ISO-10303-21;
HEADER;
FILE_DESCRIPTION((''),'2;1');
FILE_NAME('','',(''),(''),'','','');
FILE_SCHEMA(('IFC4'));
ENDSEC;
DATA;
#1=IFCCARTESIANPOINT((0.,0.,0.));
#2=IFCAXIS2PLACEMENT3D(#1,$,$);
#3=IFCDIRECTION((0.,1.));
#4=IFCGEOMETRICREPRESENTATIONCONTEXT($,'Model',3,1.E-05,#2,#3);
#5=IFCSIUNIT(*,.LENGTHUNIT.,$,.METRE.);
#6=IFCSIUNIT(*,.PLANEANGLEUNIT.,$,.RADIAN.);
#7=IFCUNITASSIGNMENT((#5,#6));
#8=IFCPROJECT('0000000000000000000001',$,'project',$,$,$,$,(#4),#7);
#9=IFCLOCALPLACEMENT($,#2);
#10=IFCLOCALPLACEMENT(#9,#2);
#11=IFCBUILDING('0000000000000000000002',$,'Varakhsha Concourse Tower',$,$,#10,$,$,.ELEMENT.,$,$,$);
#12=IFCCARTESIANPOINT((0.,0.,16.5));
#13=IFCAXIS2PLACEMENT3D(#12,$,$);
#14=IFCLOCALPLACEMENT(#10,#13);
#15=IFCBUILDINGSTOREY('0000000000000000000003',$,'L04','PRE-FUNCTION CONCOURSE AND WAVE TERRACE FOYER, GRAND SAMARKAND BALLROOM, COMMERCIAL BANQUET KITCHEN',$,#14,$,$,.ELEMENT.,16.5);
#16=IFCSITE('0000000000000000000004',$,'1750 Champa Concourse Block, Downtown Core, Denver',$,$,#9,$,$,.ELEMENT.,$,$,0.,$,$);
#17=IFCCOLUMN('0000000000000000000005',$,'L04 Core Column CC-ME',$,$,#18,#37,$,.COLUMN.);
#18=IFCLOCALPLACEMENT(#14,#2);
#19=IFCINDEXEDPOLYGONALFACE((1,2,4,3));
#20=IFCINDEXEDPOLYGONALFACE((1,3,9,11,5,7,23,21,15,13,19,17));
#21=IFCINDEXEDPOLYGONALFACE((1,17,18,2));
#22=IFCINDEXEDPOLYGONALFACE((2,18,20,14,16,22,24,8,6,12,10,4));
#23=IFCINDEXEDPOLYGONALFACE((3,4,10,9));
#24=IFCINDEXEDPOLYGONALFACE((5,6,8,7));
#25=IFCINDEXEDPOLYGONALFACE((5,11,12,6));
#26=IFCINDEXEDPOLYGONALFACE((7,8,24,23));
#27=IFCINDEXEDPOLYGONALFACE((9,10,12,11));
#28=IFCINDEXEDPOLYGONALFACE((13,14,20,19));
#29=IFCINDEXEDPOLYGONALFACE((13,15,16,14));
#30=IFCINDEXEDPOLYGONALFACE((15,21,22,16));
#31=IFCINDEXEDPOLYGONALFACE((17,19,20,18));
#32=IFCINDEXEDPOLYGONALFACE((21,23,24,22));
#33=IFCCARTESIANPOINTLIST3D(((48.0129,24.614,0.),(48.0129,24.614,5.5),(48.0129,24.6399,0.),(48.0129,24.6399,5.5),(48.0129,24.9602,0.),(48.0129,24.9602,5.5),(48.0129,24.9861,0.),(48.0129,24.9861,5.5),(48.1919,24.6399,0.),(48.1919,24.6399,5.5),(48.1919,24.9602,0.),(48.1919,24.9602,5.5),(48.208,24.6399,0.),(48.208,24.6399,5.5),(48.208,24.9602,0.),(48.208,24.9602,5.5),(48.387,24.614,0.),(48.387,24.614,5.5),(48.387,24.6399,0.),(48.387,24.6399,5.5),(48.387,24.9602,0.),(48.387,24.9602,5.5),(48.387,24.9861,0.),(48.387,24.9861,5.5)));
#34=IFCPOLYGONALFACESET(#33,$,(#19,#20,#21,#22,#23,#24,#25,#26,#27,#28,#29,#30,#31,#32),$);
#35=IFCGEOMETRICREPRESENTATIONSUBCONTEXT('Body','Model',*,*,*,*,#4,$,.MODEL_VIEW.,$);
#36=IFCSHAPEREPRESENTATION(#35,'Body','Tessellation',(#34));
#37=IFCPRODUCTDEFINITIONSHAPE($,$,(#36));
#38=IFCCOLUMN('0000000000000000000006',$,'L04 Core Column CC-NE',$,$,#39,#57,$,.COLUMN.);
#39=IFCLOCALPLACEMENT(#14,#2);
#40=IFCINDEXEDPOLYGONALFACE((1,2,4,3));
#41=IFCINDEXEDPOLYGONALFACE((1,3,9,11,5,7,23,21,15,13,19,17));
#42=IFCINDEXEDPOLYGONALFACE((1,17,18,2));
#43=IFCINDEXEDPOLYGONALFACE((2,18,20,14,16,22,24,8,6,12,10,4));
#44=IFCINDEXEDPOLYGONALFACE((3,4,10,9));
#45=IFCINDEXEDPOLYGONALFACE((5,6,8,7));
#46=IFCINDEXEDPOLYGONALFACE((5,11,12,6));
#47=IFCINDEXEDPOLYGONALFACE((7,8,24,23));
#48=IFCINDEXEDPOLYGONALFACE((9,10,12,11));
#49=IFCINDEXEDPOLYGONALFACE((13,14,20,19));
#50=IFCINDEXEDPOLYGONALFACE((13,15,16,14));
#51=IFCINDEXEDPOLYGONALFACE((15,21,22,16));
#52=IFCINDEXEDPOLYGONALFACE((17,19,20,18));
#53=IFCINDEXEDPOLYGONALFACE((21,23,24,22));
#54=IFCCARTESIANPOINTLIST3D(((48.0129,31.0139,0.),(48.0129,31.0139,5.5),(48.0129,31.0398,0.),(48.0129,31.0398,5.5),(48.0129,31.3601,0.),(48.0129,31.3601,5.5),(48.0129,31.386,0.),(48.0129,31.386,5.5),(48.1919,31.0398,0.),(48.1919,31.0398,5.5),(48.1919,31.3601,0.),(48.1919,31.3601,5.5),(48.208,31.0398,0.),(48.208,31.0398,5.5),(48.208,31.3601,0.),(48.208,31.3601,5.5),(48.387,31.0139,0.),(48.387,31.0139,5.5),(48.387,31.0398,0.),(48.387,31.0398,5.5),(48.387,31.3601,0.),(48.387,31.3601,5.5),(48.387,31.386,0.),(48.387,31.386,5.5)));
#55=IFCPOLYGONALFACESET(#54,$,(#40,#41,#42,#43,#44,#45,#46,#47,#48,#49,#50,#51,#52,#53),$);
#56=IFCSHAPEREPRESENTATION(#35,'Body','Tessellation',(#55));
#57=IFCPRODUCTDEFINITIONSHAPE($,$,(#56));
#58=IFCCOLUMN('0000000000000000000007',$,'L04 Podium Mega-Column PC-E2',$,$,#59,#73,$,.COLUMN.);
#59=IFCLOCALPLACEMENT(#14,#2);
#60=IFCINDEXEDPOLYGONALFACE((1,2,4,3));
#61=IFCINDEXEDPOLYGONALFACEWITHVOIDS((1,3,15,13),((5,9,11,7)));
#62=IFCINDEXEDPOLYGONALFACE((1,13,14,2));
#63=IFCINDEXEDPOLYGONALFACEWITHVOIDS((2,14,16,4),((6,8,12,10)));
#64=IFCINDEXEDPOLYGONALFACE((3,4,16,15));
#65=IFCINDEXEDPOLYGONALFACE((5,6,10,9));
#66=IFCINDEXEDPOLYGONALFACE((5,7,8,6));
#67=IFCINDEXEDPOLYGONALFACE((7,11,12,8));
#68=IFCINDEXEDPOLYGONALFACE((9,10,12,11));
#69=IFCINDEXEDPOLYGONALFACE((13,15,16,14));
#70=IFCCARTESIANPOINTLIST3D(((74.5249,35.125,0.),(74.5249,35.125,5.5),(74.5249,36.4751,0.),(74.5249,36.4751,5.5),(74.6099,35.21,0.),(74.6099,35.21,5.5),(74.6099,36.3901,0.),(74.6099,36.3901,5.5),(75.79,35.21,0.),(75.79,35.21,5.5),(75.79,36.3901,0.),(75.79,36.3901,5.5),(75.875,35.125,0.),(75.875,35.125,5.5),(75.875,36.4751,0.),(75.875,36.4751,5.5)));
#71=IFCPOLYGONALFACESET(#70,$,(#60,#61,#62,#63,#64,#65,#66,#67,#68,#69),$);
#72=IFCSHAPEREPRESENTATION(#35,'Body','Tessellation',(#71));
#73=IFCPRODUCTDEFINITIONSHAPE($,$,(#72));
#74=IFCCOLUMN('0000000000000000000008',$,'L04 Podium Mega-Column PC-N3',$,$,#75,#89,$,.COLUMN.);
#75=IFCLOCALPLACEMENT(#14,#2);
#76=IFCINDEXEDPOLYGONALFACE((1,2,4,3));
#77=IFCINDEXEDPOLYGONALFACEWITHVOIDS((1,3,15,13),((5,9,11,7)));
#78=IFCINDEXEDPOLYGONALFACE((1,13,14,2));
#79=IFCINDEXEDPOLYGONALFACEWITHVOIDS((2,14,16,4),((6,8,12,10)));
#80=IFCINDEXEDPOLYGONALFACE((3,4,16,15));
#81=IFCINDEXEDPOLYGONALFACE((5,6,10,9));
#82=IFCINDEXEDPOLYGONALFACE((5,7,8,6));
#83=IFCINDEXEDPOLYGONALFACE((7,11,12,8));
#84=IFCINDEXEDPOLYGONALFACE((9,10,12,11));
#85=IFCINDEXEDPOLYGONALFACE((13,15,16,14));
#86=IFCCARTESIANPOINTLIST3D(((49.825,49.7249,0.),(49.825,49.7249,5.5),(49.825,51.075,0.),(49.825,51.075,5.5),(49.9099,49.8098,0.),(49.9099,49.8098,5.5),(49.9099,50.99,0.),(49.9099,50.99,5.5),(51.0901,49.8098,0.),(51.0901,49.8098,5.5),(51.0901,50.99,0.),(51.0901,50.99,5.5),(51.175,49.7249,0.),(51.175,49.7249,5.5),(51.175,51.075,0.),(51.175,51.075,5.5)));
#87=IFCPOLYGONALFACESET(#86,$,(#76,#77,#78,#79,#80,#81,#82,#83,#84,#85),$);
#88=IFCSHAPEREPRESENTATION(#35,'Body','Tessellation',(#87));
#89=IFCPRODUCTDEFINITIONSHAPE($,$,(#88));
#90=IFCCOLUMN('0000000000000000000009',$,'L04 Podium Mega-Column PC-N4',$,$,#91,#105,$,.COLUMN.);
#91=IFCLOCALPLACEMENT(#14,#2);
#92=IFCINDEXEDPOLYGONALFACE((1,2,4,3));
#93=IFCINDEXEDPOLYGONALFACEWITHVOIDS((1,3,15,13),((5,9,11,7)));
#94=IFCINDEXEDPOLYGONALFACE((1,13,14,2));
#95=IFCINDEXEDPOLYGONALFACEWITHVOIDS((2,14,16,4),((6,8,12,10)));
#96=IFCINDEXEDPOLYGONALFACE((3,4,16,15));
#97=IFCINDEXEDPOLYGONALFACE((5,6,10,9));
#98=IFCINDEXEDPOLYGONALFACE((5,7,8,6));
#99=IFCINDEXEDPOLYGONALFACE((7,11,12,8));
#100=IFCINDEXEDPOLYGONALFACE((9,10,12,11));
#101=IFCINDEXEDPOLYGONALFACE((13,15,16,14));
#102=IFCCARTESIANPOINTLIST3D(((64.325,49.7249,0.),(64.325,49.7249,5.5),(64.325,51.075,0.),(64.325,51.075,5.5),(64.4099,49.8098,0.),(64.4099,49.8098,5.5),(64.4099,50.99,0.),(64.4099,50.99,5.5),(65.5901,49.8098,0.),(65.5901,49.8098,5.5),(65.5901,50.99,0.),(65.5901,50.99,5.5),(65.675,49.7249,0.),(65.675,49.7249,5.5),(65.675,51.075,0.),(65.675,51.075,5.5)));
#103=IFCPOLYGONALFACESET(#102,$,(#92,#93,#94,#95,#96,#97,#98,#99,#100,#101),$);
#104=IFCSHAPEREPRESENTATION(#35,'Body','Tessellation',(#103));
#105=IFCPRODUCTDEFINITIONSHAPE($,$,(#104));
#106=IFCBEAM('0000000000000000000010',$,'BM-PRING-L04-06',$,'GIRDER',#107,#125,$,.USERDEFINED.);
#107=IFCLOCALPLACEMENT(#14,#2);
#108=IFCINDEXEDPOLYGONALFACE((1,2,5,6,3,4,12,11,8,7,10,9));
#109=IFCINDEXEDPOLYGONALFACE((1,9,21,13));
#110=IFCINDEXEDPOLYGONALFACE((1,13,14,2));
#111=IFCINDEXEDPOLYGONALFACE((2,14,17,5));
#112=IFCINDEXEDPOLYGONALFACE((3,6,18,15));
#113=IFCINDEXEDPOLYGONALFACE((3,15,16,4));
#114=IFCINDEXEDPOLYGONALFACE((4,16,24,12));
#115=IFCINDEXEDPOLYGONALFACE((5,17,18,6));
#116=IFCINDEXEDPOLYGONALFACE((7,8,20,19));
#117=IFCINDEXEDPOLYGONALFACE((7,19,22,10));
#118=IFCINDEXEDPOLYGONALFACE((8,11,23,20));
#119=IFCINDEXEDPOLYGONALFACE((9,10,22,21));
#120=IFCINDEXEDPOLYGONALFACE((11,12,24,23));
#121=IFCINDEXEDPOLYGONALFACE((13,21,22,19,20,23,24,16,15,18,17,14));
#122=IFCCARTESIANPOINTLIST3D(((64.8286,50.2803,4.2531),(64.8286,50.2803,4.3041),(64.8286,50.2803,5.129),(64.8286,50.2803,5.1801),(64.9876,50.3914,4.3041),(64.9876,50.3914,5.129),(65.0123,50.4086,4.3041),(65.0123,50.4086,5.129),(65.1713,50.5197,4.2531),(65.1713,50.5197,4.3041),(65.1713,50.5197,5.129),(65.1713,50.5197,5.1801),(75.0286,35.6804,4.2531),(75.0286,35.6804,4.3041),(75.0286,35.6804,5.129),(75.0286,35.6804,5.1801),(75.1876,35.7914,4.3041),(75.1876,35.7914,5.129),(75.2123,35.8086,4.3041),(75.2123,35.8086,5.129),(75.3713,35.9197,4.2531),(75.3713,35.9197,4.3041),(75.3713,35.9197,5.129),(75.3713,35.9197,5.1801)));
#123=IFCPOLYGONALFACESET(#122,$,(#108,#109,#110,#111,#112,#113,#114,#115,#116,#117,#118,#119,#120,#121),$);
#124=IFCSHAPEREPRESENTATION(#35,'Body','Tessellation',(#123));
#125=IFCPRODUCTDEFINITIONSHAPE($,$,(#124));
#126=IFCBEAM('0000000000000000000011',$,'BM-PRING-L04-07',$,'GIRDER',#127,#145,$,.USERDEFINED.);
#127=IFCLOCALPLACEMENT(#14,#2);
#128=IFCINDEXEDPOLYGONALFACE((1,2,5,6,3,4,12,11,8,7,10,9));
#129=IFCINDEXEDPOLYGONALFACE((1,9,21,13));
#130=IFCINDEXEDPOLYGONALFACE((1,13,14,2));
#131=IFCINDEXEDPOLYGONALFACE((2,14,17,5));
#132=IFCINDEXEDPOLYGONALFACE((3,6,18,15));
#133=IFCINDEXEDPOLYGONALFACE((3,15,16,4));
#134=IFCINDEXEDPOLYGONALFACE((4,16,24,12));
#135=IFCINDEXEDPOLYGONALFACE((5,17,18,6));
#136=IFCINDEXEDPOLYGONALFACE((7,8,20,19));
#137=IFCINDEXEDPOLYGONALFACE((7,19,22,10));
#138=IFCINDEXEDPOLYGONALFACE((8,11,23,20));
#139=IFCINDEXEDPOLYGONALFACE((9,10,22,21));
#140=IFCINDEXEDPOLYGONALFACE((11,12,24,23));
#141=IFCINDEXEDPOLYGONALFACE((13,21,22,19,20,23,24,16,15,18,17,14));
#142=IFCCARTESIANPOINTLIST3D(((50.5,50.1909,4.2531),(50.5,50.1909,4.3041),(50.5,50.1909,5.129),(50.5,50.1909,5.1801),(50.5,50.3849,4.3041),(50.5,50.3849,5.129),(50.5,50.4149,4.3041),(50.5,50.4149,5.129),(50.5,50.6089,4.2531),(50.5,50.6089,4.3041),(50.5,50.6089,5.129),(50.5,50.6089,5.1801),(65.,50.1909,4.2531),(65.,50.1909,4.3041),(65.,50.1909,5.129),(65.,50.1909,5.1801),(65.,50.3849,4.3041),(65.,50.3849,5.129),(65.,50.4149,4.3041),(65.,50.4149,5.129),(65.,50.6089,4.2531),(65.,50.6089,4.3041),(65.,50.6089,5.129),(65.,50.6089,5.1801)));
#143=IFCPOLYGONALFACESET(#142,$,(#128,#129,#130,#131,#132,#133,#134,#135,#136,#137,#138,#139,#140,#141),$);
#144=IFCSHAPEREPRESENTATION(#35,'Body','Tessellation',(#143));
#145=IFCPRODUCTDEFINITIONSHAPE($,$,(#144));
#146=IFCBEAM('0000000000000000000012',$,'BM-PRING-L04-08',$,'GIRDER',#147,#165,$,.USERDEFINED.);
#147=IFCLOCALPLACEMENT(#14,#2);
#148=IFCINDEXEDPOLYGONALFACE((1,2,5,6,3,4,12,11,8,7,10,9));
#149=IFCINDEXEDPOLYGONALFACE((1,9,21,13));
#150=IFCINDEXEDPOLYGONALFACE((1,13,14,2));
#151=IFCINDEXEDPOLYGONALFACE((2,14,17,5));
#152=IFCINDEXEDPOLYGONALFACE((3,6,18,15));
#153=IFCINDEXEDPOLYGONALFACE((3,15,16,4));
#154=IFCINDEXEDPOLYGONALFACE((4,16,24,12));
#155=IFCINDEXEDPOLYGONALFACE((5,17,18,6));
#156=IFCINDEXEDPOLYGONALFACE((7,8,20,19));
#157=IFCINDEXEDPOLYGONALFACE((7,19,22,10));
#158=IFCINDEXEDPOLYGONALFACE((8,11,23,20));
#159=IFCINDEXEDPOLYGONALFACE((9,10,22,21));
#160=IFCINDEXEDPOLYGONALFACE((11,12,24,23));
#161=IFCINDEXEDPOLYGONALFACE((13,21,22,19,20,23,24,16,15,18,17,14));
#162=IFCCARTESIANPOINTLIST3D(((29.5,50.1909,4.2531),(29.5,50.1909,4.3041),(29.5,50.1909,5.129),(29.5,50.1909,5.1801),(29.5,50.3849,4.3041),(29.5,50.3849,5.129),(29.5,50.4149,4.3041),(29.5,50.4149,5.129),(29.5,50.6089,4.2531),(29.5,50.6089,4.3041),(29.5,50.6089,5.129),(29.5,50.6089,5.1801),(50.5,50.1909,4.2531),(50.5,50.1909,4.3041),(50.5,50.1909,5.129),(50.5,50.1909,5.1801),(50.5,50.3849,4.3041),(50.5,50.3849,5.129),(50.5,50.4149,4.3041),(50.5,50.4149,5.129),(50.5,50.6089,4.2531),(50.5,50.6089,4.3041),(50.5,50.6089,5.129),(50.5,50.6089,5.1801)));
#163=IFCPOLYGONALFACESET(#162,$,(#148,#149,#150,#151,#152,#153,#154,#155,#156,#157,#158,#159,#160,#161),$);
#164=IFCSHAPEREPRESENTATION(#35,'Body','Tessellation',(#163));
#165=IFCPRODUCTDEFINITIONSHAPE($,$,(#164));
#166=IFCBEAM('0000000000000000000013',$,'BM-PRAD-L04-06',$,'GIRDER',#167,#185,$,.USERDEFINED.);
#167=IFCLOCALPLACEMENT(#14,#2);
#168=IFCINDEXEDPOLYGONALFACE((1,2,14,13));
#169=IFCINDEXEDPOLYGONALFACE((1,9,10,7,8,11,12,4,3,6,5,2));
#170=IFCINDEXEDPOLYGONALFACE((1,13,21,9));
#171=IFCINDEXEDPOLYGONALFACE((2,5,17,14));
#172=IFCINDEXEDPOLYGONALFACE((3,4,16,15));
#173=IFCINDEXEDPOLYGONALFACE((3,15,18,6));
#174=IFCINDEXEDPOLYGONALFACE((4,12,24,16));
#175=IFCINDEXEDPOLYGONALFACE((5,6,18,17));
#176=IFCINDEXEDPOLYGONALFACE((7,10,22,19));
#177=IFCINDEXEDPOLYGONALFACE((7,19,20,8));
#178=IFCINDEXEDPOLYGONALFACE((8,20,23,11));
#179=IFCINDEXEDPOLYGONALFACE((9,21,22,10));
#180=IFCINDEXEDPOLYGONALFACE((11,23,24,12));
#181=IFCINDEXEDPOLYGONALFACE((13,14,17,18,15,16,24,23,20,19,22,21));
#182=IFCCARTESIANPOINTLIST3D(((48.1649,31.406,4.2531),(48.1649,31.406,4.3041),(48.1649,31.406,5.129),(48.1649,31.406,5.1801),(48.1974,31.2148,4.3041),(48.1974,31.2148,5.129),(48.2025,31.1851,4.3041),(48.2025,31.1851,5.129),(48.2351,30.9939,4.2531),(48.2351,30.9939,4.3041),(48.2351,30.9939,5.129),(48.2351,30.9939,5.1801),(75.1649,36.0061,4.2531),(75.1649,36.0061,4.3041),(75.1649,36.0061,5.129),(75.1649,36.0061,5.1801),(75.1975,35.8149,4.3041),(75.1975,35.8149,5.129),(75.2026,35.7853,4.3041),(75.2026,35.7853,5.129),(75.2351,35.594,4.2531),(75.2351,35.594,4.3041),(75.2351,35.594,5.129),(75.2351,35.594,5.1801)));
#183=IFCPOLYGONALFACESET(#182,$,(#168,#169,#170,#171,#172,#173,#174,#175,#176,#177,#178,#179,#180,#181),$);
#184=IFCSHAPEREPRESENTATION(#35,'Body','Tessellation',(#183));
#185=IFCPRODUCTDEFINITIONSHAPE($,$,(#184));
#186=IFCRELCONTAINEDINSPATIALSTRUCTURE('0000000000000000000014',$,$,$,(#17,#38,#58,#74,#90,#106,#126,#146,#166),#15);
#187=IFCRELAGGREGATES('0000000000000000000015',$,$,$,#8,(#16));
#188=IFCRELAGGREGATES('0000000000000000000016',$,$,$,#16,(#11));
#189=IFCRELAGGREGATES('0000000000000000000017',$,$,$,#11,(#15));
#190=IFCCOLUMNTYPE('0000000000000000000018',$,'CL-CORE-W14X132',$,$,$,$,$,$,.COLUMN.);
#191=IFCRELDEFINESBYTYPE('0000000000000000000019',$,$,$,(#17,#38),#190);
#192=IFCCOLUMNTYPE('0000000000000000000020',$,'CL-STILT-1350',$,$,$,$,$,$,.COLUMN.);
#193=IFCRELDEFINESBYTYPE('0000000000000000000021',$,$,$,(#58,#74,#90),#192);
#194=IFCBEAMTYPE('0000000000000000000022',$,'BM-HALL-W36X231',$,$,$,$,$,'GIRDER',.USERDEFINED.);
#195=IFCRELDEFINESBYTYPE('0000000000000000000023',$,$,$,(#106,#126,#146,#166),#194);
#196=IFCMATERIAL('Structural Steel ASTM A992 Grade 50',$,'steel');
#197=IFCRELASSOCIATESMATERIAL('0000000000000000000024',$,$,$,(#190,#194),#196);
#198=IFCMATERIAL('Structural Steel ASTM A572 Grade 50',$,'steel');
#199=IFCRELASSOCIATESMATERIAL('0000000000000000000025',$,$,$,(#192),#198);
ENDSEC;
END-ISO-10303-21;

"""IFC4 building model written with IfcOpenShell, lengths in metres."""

from ifc_helpers import new_model, si_unit, direction, frame, origin, origin_2d, place, context, subcontext, project, spatial, hollow_rectangle, i_section, extrude, material, material_profile, profile_set, type_object, element, save


model = new_model("IFC4")

# Units and contexts
model_context = context("Model", 3, precision=1e-05, world=origin(), true_north=direction((0.0, 1.0)))
body_context = subcontext(model_context, "Body", "Model", "MODEL_VIEW")
ifc_project = project(units=[si_unit("LENGTHUNIT", "METRE"), si_unit("PLANEANGLEUNIT", "RADIAN")], contexts=[model_context])

# Site, building, storey
site_placement = place(None, origin())
site = spatial("IfcSite", under=ifc_project, at=site_placement, Name="1750 Champa Concourse Block, Downtown Core, Denver", CompositionType="ELEMENT", RefElevation=0.0)
building_placement = place(site_placement, origin())
building = spatial("IfcBuilding", under=site, at=building_placement, Name="Varakhsha Concourse Tower", CompositionType="ELEMENT")
storey_placement = place(building_placement, frame((0.0, 0.0, 16.5)))
storey = spatial("IfcBuildingStorey", under=building, at=storey_placement, Name="L04", Description="PRE-FUNCTION CONCOURSE AND WAVE TERRACE FOYER, GRAND SAMARKAND BALLROOM, COMMERCIAL BANQUET KITCHEN", CompositionType="ELEMENT", Elevation=16.5)

# Columns
ifc_material_1 = material(Name="Structural Steel ASTM A992 Grade 50", Category="steel")
ifc_material_profile_1 = material_profile(ifc_material_1, i_section(OverallWidth=0.374, OverallDepth=0.3721, WebThickness=0.0161, FlangeThickness=0.0259, at=origin_2d()), Name="W14X132")
ifc_profile_set_1 = profile_set([ifc_material_profile_1], Name="Structural Steel ASTM A992 Grade 50")
column_type_1 = type_object("IfcColumnType", Name="CL-CORE-W14X132", PredefinedType="COLUMN", material=ifc_profile_set_1)
for number, where, z_axis, x_axis, name in (
    (1, (48.2, 24.8, 0.0), (0.0, 0.0, 1.0), (1.0, 0.0, 0.0), "L04 Core Column CC-ME"),
    (2, (48.2, 31.2, 0.0), (0.0, 0.0, 1.0), (1.0, 0.0, 0.0), "L04 Core Column CC-NE"),
):
    element("IfcColumn", number, at=place(storey_placement, frame(where, z_axis=z_axis, x_axis=x_axis)), inside=storey, type_object=column_type_1, Name=name, PredefinedType="COLUMN", context=body_context, shape_type="SweptSolid", body=[
        extrude(i_section(OverallWidth=0.374, OverallDepth=0.3721, WebThickness=0.0161, FlangeThickness=0.0259, at=origin_2d()), origin(), (0.0, 0.0, 1.0), 5.5),
    ])
ifc_material_2 = material(Name="Structural Steel ASTM A572 Grade 50", Category="steel")
ifc_material_profile_2 = material_profile(ifc_material_2, hollow_rectangle(XDim=1.3501, YDim=1.3501, WallThickness=0.085, at=origin_2d()), Name="BOX 1350x1350x85")
ifc_profile_set_2 = profile_set([ifc_material_profile_2], Name="Structural Steel ASTM A572 Grade 50")
column_type_2 = type_object("IfcColumnType", Name="CL-STILT-1350", PredefinedType="COLUMN", material=ifc_profile_set_2)
for number, where, z_axis, x_axis, name in (
    (3, (75.2, 35.8, 0.0), (0.0, 0.0, 1.0), (1.0, 0.0, 0.0), "L04 Podium Mega-Column PC-E2"),
    (4, (50.5, 50.3999, 0.0), (0.0, 0.0, 1.0), (1.0, 0.0, 0.0), "L04 Podium Mega-Column PC-N3"),
    (5, (65.0, 50.3999, 0.0), (0.0, 0.0, 1.0), (1.0, 0.0, 0.0), "L04 Podium Mega-Column PC-N4"),
):
    element("IfcColumn", number, at=place(storey_placement, frame(where, z_axis=z_axis, x_axis=x_axis)), inside=storey, type_object=column_type_2, Name=name, PredefinedType="COLUMN", context=body_context, shape_type="SweptSolid", body=[
        extrude(hollow_rectangle(XDim=1.3501, YDim=1.3501, WallThickness=0.085, at=origin_2d()), origin(), (0.0, 0.0, 1.0), 5.5),
    ])

# Beams
ifc_material_profile_3 = material_profile(ifc_material_1, i_section(OverallWidth=0.418, OverallDepth=0.927, WebThickness=0.03, FlangeThickness=0.051, at=origin_2d()), Name="W36X231")
ifc_profile_set_3 = profile_set([ifc_material_profile_3], Name="Structural Steel ASTM A992 Grade 50")
beam_type_1 = type_object("IfcBeamType", Name="BM-HALL-W36X231", ElementType="GIRDER", PredefinedType="USERDEFINED", material=ifc_profile_set_3)
beam_1_placement = place(storey_placement, frame((75.2, 35.8, 4.7166), z_axis=(-0.57271, 0.819758, 0.0), x_axis=(-0.819758, -0.57271, 0.0)))
element("IfcBeam", 6, at=beam_1_placement, inside=storey, type_object=beam_type_1, Name="BM-PRING-L04-06", ObjectType="GIRDER", PredefinedType="USERDEFINED", context=body_context, shape_type="SweptSolid", body=[
    extrude(i_section(OverallWidth=0.418, OverallDepth=0.927, WebThickness=0.03, FlangeThickness=0.051, at=origin_2d()), origin(), (0.0, 0.0, 1.0), 17.8101),
])
beam_2_placement = place(storey_placement, frame((65.0, 50.3999, 4.7166), z_axis=(-1.0, 0.0, 0.0), x_axis=(0.0, -1.0, 0.0)))
element("IfcBeam", 7, at=beam_2_placement, inside=storey, type_object=beam_type_1, Name="BM-PRING-L04-07", ObjectType="GIRDER", PredefinedType="USERDEFINED", context=body_context, shape_type="SweptSolid", body=[
    extrude(i_section(OverallWidth=0.418, OverallDepth=0.927, WebThickness=0.03, FlangeThickness=0.051, at=origin_2d()), origin(), (0.0, 0.0, 1.0), 14.5),
])
beam_3_placement = place(storey_placement, frame((50.5, 50.3999, 4.7166), z_axis=(-1.0, 0.0, 0.0), x_axis=(0.0, -1.0, 0.0)))
element("IfcBeam", 8, at=beam_3_placement, inside=storey, type_object=beam_type_1, Name="BM-PRING-L04-08", ObjectType="GIRDER", PredefinedType="USERDEFINED", context=body_context, shape_type="SweptSolid", body=[
    extrude(i_section(OverallWidth=0.418, OverallDepth=0.927, WebThickness=0.03, FlangeThickness=0.051, at=origin_2d()), origin(), (0.0, 0.0, 1.0), 21.0),
])
beam_4_placement = place(storey_placement, frame((48.2, 31.2, 4.7166), z_axis=(0.985795, 0.167954, 0.0), x_axis=(-0.167954, 0.985795, 0.0)))
element("IfcBeam", 9, at=beam_4_placement, inside=storey, type_object=beam_type_1, Name="BM-PRAD-L04-06", ObjectType="GIRDER", PredefinedType="USERDEFINED", context=body_context, shape_type="SweptSolid", body=[
    extrude(i_section(OverallWidth=0.418, OverallDepth=0.927, WebThickness=0.03, FlangeThickness=0.051, at=origin_2d()), origin(), (0.0, 0.0, 1.0), 27.3892),
])

save(model, "model.ifc")
